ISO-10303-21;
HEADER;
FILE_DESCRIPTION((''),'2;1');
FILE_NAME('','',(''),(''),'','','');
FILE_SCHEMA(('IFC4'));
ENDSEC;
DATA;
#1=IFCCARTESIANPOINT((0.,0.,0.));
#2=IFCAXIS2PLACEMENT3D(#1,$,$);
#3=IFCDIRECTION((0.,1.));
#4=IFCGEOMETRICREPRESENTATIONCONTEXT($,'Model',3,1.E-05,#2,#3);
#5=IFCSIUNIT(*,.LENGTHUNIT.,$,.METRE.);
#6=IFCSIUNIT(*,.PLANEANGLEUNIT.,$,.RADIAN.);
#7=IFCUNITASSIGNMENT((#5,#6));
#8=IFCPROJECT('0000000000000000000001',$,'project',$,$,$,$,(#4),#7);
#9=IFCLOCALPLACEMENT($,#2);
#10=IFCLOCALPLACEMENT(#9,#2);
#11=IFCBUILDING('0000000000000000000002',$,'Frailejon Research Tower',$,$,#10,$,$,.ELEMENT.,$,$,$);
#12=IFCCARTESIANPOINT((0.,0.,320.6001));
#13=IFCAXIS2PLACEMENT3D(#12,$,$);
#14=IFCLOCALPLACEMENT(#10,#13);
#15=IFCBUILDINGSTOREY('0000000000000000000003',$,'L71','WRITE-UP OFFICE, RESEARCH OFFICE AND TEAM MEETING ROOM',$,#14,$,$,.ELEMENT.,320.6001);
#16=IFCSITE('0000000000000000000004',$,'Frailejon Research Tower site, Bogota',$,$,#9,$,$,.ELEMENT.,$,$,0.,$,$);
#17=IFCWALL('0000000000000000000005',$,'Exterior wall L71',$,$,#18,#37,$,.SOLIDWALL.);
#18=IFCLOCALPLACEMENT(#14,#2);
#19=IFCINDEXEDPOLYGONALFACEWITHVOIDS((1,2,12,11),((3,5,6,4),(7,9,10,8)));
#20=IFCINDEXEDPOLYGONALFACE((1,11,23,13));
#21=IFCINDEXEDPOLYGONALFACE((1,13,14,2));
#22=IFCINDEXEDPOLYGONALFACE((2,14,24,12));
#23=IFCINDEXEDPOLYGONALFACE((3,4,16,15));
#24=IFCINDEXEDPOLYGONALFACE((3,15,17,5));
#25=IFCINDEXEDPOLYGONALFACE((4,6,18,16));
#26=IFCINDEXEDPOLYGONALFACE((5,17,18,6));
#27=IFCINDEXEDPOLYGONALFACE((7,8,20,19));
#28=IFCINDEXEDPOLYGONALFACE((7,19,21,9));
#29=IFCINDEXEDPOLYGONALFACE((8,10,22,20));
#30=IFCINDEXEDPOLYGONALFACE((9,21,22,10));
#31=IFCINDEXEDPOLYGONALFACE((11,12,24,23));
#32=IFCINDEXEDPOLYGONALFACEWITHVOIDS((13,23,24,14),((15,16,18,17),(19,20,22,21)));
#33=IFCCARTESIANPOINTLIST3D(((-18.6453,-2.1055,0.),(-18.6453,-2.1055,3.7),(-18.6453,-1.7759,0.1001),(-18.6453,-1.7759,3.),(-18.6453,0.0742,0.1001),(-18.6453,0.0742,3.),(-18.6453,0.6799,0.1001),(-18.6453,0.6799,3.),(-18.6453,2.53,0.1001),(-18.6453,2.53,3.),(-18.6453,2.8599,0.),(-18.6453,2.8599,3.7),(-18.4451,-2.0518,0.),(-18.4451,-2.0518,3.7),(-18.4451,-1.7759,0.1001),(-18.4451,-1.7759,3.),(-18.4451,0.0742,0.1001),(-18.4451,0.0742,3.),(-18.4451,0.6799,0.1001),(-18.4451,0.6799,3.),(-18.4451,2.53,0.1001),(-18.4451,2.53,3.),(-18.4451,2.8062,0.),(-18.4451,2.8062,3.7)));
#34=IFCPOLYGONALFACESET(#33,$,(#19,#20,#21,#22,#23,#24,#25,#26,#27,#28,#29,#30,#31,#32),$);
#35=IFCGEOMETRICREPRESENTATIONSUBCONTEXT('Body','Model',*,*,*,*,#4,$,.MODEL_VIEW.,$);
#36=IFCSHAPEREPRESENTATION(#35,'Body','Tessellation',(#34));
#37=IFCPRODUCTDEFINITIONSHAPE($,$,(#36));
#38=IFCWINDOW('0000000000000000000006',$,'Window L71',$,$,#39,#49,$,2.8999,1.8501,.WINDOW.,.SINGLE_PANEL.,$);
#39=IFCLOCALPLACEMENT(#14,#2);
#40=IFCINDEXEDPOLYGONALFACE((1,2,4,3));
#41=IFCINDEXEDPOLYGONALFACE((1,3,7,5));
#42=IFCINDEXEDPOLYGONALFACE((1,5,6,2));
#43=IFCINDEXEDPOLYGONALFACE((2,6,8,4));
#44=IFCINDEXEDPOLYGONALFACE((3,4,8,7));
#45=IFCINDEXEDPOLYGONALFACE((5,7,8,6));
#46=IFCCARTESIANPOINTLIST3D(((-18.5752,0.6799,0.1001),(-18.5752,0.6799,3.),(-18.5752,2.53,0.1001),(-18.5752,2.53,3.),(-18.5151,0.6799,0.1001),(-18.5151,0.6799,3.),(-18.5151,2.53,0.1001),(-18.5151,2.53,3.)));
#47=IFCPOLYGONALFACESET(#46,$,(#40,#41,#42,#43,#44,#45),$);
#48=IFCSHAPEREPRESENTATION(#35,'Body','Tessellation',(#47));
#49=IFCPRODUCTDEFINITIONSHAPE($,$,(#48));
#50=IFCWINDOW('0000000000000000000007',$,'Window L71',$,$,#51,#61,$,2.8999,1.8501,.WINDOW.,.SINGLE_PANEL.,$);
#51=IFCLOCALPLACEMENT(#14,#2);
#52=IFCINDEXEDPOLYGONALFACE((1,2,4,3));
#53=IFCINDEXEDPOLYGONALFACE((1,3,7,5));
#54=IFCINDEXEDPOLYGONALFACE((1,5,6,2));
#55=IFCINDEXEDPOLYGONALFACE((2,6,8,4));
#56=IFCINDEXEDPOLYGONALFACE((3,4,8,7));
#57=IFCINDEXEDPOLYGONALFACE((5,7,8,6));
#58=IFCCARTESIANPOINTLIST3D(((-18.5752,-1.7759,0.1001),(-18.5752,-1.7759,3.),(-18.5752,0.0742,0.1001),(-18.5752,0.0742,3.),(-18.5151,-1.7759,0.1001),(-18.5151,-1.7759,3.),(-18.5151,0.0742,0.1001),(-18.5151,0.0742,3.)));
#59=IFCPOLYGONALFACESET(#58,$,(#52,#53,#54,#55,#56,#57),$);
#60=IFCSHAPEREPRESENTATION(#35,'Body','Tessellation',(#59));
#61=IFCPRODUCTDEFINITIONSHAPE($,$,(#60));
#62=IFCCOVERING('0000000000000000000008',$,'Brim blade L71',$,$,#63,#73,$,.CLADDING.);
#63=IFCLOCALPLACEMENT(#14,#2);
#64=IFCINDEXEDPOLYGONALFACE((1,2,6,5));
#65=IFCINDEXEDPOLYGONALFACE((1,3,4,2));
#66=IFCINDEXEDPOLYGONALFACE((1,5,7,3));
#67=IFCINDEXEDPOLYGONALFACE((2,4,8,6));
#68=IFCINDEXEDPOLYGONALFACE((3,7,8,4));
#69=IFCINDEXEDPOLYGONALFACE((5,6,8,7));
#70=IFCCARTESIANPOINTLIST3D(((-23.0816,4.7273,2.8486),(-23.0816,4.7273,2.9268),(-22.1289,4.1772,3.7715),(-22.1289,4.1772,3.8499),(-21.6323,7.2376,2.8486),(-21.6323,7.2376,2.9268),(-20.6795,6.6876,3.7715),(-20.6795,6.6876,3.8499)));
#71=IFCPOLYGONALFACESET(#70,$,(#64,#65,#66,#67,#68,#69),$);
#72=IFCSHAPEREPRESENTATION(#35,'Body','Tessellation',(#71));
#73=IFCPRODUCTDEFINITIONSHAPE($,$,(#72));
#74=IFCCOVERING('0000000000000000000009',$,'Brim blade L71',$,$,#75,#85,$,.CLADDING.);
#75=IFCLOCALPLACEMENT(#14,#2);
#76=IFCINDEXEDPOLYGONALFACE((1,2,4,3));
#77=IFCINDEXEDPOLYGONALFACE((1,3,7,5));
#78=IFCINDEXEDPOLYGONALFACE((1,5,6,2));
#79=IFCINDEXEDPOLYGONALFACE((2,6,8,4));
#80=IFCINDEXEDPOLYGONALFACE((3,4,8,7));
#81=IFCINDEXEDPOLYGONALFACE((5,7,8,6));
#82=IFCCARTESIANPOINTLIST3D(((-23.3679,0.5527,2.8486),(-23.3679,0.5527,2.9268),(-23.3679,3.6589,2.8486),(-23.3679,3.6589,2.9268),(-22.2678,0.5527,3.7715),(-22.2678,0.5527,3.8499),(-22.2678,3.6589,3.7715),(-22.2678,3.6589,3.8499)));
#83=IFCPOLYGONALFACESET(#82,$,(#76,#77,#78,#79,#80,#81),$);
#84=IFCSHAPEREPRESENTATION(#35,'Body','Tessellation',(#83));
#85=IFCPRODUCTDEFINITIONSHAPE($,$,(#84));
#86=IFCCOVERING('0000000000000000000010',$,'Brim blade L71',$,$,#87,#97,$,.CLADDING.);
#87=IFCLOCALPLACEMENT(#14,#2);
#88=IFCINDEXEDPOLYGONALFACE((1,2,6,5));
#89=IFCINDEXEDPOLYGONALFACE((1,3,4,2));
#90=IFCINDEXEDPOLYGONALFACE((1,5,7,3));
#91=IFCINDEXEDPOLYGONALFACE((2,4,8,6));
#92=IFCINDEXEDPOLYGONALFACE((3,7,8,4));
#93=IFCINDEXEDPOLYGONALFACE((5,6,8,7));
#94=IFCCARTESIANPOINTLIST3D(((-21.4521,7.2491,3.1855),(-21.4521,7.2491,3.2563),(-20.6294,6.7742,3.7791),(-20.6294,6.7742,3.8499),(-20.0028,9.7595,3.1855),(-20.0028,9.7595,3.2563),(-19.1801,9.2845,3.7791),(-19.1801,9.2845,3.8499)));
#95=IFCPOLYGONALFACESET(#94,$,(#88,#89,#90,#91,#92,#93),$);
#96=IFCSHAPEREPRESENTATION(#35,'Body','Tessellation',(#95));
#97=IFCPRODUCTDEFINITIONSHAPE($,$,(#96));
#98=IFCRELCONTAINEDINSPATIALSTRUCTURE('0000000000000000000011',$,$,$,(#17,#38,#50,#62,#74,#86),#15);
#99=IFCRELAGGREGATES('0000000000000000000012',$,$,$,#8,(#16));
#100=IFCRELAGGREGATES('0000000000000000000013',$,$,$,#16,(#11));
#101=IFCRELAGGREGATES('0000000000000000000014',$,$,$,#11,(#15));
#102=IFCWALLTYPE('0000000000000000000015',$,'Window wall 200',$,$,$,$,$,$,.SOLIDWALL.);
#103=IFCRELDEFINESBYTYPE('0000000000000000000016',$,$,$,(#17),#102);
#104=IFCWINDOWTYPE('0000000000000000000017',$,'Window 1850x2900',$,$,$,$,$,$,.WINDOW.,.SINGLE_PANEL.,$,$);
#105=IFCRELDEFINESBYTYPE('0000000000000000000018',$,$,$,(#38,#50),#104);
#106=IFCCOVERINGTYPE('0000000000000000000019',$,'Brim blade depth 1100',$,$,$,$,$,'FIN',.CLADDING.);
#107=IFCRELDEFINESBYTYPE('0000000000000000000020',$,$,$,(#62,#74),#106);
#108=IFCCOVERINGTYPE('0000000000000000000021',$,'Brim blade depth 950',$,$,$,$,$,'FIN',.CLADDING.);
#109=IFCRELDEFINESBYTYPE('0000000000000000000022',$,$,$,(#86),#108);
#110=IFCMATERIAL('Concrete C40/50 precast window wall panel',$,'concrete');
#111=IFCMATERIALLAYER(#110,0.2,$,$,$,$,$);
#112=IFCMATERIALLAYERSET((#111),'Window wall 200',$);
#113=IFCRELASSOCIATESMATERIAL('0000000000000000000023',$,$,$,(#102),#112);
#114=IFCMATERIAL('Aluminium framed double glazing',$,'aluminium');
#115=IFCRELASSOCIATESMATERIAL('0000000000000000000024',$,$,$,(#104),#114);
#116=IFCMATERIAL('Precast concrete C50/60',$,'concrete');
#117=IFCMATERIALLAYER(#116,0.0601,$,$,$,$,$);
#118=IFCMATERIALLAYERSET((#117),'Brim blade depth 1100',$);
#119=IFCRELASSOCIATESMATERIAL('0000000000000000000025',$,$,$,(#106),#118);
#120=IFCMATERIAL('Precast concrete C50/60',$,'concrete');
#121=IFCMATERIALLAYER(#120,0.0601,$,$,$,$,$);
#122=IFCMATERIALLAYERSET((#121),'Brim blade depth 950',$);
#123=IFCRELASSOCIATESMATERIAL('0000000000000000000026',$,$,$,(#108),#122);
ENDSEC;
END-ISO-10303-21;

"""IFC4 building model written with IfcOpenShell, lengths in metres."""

from ifc_helpers import new_model, si_unit, direction, frame, frame_2d, origin, place, context, subcontext, project, spatial, polyline, rectangle, outline, extrude, material, layer, layer_set, type_object, element, fill, save


model = new_model("IFC4")

# Units and contexts
model_context = context("Model", 3, precision=1e-05, world=origin(), true_north=direction((0.0, 1.0)))
body_context = subcontext(model_context, "Body", "Model", "MODEL_VIEW")
ifc_project = project(units=[si_unit("LENGTHUNIT", "METRE"), si_unit("PLANEANGLEUNIT", "RADIAN")], contexts=[model_context])

# Site, building, storey
site_placement = place(None, origin())
site = spatial("IfcSite", under=ifc_project, at=site_placement, Name="Frailejon Research Tower site, Bogota", CompositionType="ELEMENT", RefElevation=0.0)
building_placement = place(site_placement, origin())
building = spatial("IfcBuilding", under=site, at=building_placement, Name="Frailejon Research Tower", CompositionType="ELEMENT")
storey_placement = place(building_placement, frame((0.0, 0.0, 320.6001)))
storey = spatial("IfcBuildingStorey", under=building, at=storey_placement, Name="L71", Description="WRITE-UP OFFICE, RESEARCH OFFICE AND TEAM MEETING ROOM", CompositionType="ELEMENT", Elevation=320.6001)

# Wall, openings, windows
ifc_material_1 = material(Name="Concrete C40/50 precast window wall panel", Category="concrete")
ifc_layer_1 = layer(ifc_material_1, 0.2)
ifc_layer_set_1 = layer_set([ifc_layer_1], Name="Window wall 200")
wall_type_1 = type_object("IfcWallType", Name="Window wall 200", PredefinedType="SOLIDWALL", material=ifc_layer_set_1)
wall_1_placement = place(storey_placement, frame((-18.5452, 2.833, 0.0), z_axis=(0.0, 0.0, 1.0), x_axis=(0.0, -1.0, 0.0)))
wall_1 = element("IfcWall", 1, at=wall_1_placement, inside=storey, type_object=wall_type_1, Name="Exterior wall L71", PredefinedType="SOLIDWALL", context=body_context, shape_type="SweptSolid", body=[
    extrude(outline(polyline([(-0.0269, -0.1001), (1.2144, -0.1001), (2.4558, -0.1001), (3.6973, -0.1001), (4.9385, -0.1001), (4.8848, 0.1001), (3.6704, 0.1001), (2.4558, 0.1001), (1.2412, 0.1001), (0.0269, 0.1001), (-0.0269, -0.1001)])), origin(), (0.0, 0.0, 1.0), 3.7),
])
opening_1_placement = place(wall_1_placement, frame((0.303, 0.0, 0.1001)))
opening_1 = element("IfcOpeningElement", 2, at=opening_1_placement, cuts=wall_1, PredefinedType="OPENING", context=body_context, shape_type="SweptSolid", body=[
    extrude(rectangle(XDim=1.8501, YDim=2.8999, at=frame_2d((0.925, 1.45))), frame((0.0, 0.1099, 0.0), z_axis=(0.0, -1.0, 0.0), x_axis=(1.0, 0.0, 0.0)), (0.0, 0.0, 1.0), 0.22),
])
opening_2_placement = place(wall_1_placement, frame((2.7588, 0.0, 0.1001)))
opening_2 = element("IfcOpeningElement", 3, at=opening_2_placement, cuts=wall_1, PredefinedType="OPENING", context=body_context, shape_type="SweptSolid", body=[
    extrude(rectangle(XDim=1.8501, YDim=2.8999, at=frame_2d((0.925, 1.45))), frame((0.0, 0.1099, 0.0), z_axis=(0.0, -1.0, 0.0), x_axis=(1.0, 0.0, 0.0)), (0.0, 0.0, 1.0), 0.22),
])
ifc_material_2 = material(Name="Aluminium framed double glazing", Category="aluminium")
window_type = type_object("IfcWindowType", Name="Window 1850x2900", PartitioningType="SINGLE_PANEL", PredefinedType="WINDOW", material=ifc_material_2)
window_1_placement = place(opening_1_placement, origin())
window_1 = element("IfcWindow", 4, at=window_1_placement, inside=storey, type_object=window_type, Name="Window L71", OverallHeight=2.8999, OverallWidth=1.8501, PartitioningType="SINGLE_PANEL", PredefinedType="WINDOW", context=body_context, shape_type="SweptSolid", body=[
    extrude(rectangle(XDim=1.8501, YDim=2.8999, at=frame_2d((0.925, 1.45))), frame((0.0, 0.03, 0.0), z_axis=(0.0, -1.0, 0.0), x_axis=(1.0, 0.0, 0.0)), (0.0, 0.0, 1.0), 0.0601),
])
fill(opening_1, window_1)
window_2_placement = place(opening_2_placement, origin())
window_2 = element("IfcWindow", 5, at=window_2_placement, inside=storey, type_object=window_type, Name="Window L71", OverallHeight=2.8999, OverallWidth=1.8501, PartitioningType="SINGLE_PANEL", PredefinedType="WINDOW", context=body_context, shape_type="SweptSolid", body=[
    extrude(rectangle(XDim=1.8501, YDim=2.8999, at=frame_2d((0.925, 1.45))), frame((0.0, 0.03, 0.0), z_axis=(0.0, -1.0, 0.0), x_axis=(1.0, 0.0, 0.0)), (0.0, 0.0, 1.0), 0.0601),
])
fill(opening_2, window_2)

# Coverings
ifc_material_3 = material(Name="Precast concrete C50/60", Category="concrete")
ifc_layer_2 = layer(ifc_material_3, 0.0601)
ifc_layer_set_2 = layer_set([ifc_layer_2], Name="Brim blade depth 1100")
covering_type_1 = type_object("IfcCoveringType", Name="Brim blade depth 1100", ElementType="FIN", PredefinedType="CLADDING", material=ifc_layer_set_2)
covering_1_placement = place(storey_placement, frame((-22.1289, 4.1772, 3.8499), z_axis=(0.500005, 0.866022, 0.0), x_axis=(-0.866022, 0.500005, 0.0)))
element("IfcCovering", 6, at=covering_1_placement, inside=storey, type_object=covering_type_1, Name="Brim blade L71", PredefinedType="CLADDING", context=body_context, shape_type="SweptSolid", body=[
    extrude(outline(polyline([(0.0, -0.0784), (1.1001, -1.0012), (1.1001, -0.9231), (0.0, 0.0), (0.0, -0.0784)])), origin(), (0.0, 0.0, 1.0), 2.8987),
])
covering_2_placement = place(storey_placement, frame((-22.2678, 0.5527, 3.8499), z_axis=(0.0, 1.0, 0.0), x_axis=(-1.0, 0.0, 0.0)))
element("IfcCovering", 7, at=covering_2_placement, inside=storey, type_object=covering_type_1, Name="Brim blade L71", PredefinedType="CLADDING", context=body_context, shape_type="SweptSolid", body=[
    extrude(outline(polyline([(0.0, -0.0784), (1.1001, -1.0012), (1.1001, -0.9231), (0.0, 0.0), (0.0, -0.0784)])), origin(), (0.0, 0.0, 1.0), 3.1062),
])
ifc_material_4 = material(Name="Precast concrete C50/60", Category="concrete")
ifc_layer_3 = layer(ifc_material_4, 0.0601)
ifc_layer_set_3 = layer_set([ifc_layer_3], Name="Brim blade depth 950")
covering_type_2 = type_object("IfcCoveringType", Name="Brim blade depth 950", ElementType="FIN", PredefinedType="CLADDING", material=ifc_layer_set_3)
covering_3_placement = place(storey_placement, frame((-20.6294, 6.7742, 3.8499), z_axis=(0.49998, 0.866037, 0.0), x_axis=(-0.866037, 0.49998, 0.0)))
element("IfcCovering", 8, at=covering_3_placement, inside=storey, type_object=covering_type_2, Name="Brim blade L71", PredefinedType="CLADDING", context=body_context, shape_type="SweptSolid", body=[
    extrude(outline(polyline([(0.0, -0.0708), (0.95, -0.6643), (0.95, -0.5935), (0.0, 0.0), (0.0, -0.0708)])), origin(), (0.0, 0.0, 1.0), 2.8987),
])

save(model, "model.ifc")
